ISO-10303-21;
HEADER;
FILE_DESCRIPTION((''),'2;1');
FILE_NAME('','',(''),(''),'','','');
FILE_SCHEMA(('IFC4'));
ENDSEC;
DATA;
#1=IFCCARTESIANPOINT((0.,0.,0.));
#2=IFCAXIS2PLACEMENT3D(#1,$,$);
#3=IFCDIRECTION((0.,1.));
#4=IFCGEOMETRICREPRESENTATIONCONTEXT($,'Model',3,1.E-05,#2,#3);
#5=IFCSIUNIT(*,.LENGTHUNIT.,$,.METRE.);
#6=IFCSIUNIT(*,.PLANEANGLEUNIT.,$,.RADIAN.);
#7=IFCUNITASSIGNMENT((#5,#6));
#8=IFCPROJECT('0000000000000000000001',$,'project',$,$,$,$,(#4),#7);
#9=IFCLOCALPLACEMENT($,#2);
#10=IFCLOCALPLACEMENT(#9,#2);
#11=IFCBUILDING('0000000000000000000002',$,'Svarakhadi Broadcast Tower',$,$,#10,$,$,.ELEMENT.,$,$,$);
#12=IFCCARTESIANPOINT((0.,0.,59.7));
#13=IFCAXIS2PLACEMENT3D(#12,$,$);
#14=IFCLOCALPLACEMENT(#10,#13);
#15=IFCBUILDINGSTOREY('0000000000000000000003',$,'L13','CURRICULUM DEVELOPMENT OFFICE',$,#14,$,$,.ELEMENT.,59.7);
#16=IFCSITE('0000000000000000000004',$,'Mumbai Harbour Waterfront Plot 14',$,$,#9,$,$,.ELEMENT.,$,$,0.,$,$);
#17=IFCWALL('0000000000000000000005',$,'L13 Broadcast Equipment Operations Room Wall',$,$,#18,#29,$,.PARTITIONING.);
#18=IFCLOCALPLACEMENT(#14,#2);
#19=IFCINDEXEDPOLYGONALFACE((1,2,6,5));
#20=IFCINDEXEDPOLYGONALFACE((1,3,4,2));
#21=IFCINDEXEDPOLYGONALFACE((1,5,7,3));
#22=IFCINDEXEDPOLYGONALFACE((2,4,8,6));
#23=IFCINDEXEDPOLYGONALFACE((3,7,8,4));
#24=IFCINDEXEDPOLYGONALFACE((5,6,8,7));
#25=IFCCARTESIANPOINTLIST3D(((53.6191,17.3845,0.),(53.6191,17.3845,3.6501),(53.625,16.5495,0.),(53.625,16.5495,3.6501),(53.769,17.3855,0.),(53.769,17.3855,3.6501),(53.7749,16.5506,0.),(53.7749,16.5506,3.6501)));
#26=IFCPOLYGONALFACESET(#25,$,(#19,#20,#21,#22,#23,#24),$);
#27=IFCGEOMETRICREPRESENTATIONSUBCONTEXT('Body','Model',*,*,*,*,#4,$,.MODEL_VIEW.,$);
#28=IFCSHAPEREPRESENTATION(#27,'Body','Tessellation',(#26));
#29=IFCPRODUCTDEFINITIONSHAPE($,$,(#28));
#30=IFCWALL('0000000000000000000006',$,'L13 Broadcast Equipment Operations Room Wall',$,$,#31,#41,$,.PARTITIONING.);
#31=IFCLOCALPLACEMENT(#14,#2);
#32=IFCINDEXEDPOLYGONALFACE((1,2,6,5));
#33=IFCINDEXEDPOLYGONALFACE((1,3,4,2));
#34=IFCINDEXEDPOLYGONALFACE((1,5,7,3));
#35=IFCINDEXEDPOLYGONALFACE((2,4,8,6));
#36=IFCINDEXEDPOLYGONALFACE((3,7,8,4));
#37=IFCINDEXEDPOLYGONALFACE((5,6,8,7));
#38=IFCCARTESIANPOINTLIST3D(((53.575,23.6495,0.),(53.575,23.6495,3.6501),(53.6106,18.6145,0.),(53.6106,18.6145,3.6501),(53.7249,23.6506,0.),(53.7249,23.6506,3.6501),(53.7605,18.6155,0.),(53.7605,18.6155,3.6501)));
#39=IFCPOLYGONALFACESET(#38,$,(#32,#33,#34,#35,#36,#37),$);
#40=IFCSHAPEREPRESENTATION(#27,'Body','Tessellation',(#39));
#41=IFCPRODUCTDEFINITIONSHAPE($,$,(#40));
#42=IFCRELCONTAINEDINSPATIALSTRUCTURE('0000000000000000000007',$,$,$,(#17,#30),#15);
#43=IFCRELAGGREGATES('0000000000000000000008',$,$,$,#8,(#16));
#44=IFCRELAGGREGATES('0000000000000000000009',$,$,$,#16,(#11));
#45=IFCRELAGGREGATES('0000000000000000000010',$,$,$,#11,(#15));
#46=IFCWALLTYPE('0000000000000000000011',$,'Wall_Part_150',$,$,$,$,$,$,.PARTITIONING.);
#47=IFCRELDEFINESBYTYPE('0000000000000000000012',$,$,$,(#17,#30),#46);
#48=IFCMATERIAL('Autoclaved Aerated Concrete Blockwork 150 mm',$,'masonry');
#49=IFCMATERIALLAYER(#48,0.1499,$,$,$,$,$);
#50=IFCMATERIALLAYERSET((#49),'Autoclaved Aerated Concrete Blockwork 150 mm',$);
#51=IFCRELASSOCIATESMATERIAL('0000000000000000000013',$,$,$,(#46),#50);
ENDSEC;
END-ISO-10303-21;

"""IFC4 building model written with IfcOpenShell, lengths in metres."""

from ifc_helpers import new_model, si_unit, direction, frame, frame_2d, origin, place, context, subcontext, project, spatial, rectangle, extrude, material, layer, layer_set, type_object, element, save


model = new_model("IFC4")

# Units and contexts
model_context = context("Model", 3, precision=1e-05, world=origin(), true_north=direction((0.0, 1.0)))
body_context = subcontext(model_context, "Body", "Model", "MODEL_VIEW")
ifc_project = project(units=[si_unit("LENGTHUNIT", "METRE"), si_unit("PLANEANGLEUNIT", "RADIAN")], contexts=[model_context])

# Site, building, storey
site_placement = place(None, origin())
site = spatial("IfcSite", under=ifc_project, at=site_placement, Name="Mumbai Harbour Waterfront Plot 14", CompositionType="ELEMENT", RefElevation=0.0)
building_placement = place(site_placement, origin())
building = spatial("IfcBuilding", under=site, at=building_placement, Name="Svarakhadi Broadcast Tower", CompositionType="ELEMENT")
storey_placement = place(building_placement, frame((0.0, 0.0, 59.7)))
storey = spatial("IfcBuildingStorey", under=building, at=storey_placement, Name="L13", Description="CURRICULUM DEVELOPMENT OFFICE", CompositionType="ELEMENT", Elevation=59.7)

# Walls
ifc_material_1 = material(Name="Autoclaved Aerated Concrete Blockwork 150 mm", Category="masonry")
ifc_layer_1 = layer(ifc_material_1, 0.1499)
ifc_layer_set_1 = layer_set([ifc_layer_1], Name="Autoclaved Aerated Concrete Blockwork 150 mm")
wall_type_1 = type_object("IfcWallType", Name="Wall_Part_150", PredefinedType="PARTITIONING", material=ifc_layer_set_1)
wall_1_placement = place(storey_placement, frame((53.7, 16.55, 0.0), z_axis=(0.0, 0.0, 1.0), x_axis=(-0.007017, 0.999975, 0.0)))
element("IfcWall", 1, at=wall_1_placement, inside=storey, type_object=wall_type_1, Name="L13 Broadcast Equipment Operations Room Wall", PredefinedType="PARTITIONING", context=body_context, shape_type="SweptSolid", body=[
    extrude(rectangle(XDim=0.835, YDim=0.1499, at=frame_2d((0.4175, 0.0))), origin(), (0.0, 0.0, 1.0), 3.6501),
])
wall_2_placement = place(storey_placement, frame((53.6855, 18.615, 0.0), z_axis=(0.0, 0.0, 1.0), x_axis=(-0.007079, 0.999975, 0.0)))
element("IfcWall", 2, at=wall_2_placement, inside=storey, type_object=wall_type_1, Name="L13 Broadcast Equipment Operations Room Wall", PredefinedType="PARTITIONING", context=body_context, shape_type="SweptSolid", body=[
    extrude(rectangle(XDim=5.0352, YDim=0.1499, at=frame_2d((2.5176, 0.0))), origin(), (0.0, 0.0, 1.0), 3.6501),
])

save(model, "model.ifc")
